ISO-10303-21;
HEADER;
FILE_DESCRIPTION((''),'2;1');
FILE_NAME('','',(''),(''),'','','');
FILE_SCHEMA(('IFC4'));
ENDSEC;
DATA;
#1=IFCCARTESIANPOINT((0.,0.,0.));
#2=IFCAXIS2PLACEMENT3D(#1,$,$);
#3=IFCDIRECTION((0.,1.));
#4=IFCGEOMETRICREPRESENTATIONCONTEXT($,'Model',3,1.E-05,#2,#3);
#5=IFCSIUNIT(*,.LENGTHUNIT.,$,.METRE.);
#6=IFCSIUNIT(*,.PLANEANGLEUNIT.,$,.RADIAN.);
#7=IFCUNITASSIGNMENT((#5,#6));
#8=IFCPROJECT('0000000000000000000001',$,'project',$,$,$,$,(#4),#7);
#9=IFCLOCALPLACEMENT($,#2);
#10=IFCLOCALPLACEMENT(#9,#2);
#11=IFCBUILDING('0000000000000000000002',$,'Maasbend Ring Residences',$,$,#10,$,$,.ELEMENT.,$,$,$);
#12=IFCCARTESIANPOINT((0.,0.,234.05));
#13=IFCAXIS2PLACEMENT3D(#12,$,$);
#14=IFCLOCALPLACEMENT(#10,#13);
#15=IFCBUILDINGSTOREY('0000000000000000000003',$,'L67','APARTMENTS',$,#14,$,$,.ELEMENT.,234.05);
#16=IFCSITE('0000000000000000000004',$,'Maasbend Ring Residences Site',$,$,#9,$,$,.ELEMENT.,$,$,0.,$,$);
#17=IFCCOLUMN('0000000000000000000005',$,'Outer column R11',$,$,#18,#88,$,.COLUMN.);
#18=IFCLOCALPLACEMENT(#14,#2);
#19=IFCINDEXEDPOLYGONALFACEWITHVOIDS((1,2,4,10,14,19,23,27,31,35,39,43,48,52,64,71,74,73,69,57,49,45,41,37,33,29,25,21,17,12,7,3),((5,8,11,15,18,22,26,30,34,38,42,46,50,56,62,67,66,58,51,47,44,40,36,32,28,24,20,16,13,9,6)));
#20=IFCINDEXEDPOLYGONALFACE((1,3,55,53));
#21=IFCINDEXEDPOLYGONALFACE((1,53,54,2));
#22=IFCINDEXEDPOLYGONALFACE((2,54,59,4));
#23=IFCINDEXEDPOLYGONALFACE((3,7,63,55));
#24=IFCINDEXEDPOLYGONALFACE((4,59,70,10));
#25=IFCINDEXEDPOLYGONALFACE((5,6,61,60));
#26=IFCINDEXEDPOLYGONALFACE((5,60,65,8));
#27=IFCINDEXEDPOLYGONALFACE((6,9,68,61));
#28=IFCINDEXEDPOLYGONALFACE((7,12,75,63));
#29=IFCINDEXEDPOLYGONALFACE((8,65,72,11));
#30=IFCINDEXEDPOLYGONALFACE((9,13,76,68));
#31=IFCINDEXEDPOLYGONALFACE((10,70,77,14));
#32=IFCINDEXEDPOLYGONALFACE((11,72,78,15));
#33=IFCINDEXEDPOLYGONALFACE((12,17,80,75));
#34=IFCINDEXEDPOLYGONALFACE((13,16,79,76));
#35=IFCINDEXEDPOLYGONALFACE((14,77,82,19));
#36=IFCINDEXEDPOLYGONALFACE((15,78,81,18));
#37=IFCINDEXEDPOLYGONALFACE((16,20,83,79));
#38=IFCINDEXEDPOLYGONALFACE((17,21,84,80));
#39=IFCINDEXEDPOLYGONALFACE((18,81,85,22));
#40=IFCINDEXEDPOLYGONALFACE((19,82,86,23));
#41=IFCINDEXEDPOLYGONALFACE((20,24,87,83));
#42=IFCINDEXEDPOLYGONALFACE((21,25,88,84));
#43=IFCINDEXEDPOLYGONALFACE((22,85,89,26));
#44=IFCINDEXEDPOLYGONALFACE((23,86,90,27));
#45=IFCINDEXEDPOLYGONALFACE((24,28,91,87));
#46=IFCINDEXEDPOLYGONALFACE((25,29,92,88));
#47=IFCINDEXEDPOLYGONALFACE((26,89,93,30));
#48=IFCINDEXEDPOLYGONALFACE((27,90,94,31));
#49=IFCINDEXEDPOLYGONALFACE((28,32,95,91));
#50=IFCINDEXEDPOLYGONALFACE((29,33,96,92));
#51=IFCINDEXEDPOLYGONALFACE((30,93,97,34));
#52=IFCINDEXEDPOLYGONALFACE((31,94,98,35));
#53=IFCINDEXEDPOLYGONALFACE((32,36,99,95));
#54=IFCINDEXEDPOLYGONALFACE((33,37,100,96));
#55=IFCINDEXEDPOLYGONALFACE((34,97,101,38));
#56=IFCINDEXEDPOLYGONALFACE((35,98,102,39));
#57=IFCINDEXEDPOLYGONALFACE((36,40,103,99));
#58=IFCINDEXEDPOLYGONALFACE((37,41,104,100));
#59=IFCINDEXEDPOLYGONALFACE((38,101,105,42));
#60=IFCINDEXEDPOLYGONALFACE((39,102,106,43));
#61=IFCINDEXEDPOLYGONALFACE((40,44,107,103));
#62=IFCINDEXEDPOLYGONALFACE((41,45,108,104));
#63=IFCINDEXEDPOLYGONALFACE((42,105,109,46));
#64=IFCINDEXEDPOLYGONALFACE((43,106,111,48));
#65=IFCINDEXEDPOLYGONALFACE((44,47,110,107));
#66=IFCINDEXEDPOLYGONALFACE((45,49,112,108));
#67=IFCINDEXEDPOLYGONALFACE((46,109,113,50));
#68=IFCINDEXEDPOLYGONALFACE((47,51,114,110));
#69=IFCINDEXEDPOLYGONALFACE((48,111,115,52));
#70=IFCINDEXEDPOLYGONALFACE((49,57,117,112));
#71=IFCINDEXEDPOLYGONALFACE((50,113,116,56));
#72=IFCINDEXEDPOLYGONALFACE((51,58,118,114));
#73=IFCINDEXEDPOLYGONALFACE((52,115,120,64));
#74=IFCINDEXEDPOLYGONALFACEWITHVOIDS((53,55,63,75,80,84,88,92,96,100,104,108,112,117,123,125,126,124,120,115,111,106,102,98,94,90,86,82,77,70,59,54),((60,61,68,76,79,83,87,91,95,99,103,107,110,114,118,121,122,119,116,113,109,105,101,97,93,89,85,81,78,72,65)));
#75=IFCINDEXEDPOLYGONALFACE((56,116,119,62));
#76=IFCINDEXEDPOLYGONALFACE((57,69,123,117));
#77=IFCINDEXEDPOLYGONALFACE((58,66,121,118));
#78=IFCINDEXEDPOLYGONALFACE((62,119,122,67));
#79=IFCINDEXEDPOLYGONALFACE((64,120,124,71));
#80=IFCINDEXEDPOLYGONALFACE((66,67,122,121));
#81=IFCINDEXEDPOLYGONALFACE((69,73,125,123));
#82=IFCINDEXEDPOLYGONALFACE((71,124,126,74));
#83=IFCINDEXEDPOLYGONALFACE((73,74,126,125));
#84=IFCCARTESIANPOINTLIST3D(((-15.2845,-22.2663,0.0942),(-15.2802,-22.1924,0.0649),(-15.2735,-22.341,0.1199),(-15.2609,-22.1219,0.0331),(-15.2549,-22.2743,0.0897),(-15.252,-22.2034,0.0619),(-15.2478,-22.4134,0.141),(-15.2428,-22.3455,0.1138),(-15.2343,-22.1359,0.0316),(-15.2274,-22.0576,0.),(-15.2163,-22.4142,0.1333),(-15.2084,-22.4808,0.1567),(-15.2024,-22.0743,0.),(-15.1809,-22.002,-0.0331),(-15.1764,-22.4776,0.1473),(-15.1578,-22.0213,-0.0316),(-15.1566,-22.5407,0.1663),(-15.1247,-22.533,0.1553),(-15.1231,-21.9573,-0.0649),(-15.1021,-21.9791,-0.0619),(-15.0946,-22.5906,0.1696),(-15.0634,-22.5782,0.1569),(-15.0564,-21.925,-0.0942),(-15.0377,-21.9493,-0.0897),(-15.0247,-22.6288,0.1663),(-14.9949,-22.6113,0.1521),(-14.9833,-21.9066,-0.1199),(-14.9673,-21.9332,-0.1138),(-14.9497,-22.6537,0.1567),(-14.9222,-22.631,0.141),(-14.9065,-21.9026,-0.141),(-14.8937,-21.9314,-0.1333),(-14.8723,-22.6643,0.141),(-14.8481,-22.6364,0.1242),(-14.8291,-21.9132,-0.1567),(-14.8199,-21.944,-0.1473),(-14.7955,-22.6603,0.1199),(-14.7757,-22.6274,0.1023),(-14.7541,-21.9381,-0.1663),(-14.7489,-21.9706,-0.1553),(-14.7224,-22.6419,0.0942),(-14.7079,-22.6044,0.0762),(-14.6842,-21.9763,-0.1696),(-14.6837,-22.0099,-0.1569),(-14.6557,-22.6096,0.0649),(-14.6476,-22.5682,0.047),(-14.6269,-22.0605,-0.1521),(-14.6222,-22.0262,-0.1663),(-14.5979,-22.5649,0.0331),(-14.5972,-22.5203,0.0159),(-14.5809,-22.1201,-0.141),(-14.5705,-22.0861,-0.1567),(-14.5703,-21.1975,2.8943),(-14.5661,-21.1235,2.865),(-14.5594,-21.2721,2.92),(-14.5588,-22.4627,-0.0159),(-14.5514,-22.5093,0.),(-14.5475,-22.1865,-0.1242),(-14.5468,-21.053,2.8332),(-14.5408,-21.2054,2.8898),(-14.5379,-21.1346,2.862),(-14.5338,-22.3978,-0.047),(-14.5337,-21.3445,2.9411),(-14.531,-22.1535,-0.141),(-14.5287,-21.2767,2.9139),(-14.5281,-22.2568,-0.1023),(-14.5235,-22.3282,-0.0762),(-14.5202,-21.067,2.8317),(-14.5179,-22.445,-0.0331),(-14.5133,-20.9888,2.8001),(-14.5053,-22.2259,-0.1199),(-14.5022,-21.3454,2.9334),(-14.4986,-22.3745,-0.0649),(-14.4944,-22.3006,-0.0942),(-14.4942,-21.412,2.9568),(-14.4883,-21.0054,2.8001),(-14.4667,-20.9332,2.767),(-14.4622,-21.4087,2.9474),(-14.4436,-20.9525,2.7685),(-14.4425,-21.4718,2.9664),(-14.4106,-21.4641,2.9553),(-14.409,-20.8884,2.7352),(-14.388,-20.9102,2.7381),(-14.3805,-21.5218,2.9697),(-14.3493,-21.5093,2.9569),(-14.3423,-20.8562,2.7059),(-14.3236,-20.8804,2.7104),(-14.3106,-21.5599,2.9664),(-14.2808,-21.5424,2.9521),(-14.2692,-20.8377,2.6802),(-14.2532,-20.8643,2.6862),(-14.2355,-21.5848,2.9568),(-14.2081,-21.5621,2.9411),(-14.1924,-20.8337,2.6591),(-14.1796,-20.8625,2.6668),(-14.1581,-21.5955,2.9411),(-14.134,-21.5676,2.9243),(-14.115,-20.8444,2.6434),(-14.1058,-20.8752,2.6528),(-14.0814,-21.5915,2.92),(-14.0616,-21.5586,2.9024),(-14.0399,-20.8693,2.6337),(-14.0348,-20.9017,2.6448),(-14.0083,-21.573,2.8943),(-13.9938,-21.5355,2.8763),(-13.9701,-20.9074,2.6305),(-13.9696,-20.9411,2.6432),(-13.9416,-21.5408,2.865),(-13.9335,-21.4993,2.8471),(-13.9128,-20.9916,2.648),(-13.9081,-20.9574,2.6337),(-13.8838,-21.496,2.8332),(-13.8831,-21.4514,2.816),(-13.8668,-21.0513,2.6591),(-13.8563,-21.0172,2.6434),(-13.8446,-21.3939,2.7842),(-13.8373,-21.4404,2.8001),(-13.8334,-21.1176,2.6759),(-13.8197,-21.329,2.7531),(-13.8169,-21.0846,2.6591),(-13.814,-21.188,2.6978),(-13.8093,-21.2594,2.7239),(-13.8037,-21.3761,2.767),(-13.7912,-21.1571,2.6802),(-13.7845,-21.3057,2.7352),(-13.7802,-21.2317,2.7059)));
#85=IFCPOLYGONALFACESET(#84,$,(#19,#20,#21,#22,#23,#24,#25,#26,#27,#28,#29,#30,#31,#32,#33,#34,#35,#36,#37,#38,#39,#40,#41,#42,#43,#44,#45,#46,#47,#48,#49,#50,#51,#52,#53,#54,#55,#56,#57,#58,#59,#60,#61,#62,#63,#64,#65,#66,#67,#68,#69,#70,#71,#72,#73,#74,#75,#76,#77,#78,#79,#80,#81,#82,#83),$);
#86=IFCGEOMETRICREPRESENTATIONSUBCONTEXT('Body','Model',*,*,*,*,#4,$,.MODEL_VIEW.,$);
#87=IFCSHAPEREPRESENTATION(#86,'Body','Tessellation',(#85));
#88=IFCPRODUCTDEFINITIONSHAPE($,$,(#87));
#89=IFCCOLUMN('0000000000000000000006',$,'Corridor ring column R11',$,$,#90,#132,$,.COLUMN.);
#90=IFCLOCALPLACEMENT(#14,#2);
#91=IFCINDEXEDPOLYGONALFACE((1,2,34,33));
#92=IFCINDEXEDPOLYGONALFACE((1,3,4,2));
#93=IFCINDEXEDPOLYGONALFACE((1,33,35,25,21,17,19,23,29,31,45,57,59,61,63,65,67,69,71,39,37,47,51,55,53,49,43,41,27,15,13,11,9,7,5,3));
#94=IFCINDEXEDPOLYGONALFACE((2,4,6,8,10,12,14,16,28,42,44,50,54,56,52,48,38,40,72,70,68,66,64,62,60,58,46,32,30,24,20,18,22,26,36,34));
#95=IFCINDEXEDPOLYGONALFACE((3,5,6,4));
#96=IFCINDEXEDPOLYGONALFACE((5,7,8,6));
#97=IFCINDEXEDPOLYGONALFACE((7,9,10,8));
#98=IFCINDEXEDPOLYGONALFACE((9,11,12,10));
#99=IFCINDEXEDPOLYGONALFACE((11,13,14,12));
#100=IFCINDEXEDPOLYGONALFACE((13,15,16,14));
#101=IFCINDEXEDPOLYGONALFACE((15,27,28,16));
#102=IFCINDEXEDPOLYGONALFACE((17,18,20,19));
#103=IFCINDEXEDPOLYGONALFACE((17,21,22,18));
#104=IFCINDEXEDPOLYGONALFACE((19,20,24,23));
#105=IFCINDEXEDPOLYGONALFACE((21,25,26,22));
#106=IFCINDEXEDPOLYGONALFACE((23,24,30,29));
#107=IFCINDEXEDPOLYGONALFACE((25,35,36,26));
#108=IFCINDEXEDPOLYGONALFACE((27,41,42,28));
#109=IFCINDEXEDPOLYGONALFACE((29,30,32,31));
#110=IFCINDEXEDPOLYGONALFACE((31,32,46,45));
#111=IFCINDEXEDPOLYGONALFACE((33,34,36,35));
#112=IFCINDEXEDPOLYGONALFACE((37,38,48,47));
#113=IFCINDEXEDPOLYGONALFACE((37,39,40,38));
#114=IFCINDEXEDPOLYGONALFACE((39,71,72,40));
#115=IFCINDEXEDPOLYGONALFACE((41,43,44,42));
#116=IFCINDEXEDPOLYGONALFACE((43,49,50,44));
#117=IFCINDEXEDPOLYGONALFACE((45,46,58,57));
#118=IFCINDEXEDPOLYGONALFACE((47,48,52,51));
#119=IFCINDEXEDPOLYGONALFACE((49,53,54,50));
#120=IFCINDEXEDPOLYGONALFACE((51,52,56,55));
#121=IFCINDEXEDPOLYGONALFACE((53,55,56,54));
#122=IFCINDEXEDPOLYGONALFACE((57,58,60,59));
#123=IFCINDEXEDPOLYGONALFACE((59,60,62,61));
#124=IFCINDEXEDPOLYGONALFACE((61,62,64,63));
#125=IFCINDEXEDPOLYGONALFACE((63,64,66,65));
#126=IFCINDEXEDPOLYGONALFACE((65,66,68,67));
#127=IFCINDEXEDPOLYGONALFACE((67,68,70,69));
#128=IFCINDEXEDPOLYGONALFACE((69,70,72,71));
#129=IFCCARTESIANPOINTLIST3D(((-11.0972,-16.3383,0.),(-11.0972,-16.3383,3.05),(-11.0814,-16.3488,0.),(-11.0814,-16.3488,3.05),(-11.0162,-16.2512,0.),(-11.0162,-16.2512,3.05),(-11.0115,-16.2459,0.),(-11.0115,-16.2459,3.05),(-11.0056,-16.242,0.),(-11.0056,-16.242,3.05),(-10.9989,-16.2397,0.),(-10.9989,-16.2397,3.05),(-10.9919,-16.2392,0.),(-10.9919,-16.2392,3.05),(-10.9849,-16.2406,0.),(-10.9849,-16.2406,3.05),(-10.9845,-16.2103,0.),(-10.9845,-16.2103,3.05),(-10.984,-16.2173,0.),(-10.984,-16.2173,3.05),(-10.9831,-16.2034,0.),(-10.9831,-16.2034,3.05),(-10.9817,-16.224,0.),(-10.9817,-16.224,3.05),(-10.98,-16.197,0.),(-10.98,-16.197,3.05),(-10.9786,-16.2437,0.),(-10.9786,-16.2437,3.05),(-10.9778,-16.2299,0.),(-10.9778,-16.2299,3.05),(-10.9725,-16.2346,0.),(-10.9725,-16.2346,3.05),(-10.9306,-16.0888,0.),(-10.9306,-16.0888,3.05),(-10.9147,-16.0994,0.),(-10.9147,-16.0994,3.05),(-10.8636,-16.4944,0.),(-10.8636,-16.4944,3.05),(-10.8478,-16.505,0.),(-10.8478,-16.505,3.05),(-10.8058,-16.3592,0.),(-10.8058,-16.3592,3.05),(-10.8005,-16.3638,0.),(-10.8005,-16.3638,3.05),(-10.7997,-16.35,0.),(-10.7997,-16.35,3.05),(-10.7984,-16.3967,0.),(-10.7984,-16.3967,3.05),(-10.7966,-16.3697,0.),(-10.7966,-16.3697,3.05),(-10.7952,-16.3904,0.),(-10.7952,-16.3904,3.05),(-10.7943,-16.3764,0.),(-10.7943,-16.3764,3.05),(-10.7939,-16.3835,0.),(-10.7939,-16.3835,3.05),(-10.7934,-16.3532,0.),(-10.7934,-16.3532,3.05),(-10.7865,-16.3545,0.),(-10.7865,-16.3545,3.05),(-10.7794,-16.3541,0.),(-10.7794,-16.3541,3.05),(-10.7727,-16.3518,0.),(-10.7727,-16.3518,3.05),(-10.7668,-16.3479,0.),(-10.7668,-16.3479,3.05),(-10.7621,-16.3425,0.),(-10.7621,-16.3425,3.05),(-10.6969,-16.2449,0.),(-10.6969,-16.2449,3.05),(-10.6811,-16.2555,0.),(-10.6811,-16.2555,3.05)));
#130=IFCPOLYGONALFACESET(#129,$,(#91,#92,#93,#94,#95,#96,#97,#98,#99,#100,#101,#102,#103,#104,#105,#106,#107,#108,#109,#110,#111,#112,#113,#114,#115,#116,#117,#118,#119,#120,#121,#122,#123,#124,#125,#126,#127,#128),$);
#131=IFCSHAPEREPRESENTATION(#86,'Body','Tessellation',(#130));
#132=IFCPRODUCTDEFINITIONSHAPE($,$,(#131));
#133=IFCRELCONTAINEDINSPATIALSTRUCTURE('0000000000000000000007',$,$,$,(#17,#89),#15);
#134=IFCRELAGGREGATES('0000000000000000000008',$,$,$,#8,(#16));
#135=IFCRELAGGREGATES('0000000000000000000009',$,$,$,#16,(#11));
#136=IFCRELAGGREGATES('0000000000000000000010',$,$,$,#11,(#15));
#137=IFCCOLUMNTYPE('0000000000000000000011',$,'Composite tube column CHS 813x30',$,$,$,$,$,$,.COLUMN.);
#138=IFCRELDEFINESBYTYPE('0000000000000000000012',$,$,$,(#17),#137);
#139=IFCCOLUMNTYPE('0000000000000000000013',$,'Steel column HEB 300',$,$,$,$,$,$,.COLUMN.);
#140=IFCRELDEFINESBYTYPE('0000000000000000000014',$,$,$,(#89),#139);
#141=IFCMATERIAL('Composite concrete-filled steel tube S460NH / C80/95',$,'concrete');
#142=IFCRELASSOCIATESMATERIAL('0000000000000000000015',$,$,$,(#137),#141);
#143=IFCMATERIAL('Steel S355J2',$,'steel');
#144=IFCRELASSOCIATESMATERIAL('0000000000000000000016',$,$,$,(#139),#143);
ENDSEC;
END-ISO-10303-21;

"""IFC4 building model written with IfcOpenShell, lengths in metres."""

from ifc_helpers import new_model, si_unit, direction, frame, origin, origin_2d, place, context, subcontext, project, spatial, hollow_circle, i_section, extrude, material, material_profile, profile_set, type_object, element, save


model = new_model("IFC4")

# Units and contexts
model_context = context("Model", 3, precision=1e-05, world=origin(), true_north=direction((0.0, 1.0)))
body_context = subcontext(model_context, "Body", "Model", "MODEL_VIEW")
ifc_project = project(units=[si_unit("LENGTHUNIT", "METRE"), si_unit("PLANEANGLEUNIT", "RADIAN")], contexts=[model_context])

# Site, building, storey
site_placement = place(None, origin())
site = spatial("IfcSite", under=ifc_project, at=site_placement, Name="Maasbend Ring Residences Site", CompositionType="ELEMENT", RefElevation=0.0)
building_placement = place(site_placement, origin())
building = spatial("IfcBuilding", under=site, at=building_placement, Name="Maasbend Ring Residences", CompositionType="ELEMENT")
storey_placement = place(building_placement, frame((0.0, 0.0, 234.05)))
storey = spatial("IfcBuildingStorey", under=building, at=storey_placement, Name="L67", Description="APARTMENTS", CompositionType="ELEMENT", Elevation=234.05)

# Columns
ifc_material_1 = material(Name="Composite concrete-filled steel tube S460NH / C80/95", Category="concrete")
ifc_material_profile_1 = material_profile(ifc_material_1, hollow_circle(Radius=0.4065, WallThickness=0.03, at=origin_2d()), Name="Composite tube column CHS 813x30")
ifc_profile_set_1 = profile_set([ifc_material_profile_1], Name="Composite concrete-filled steel tube S460NH / C80/95")
column_type_1 = type_object("IfcColumnType", Name="Composite tube column CHS 813x30", PredefinedType="COLUMN", material=ifc_profile_set_1)
column_1_placement = place(storey_placement, frame((-14.8894, -22.2834, 0.0), z_axis=(0.231778, 0.346914, 0.908807), x_axis=(-0.831495, 0.555533, 0.0)))
element("IfcColumn", 1, at=column_1_placement, inside=storey, type_object=column_type_1, Name="Outer column R11", PredefinedType="COLUMN", context=body_context, shape_type="SweptSolid", body=[
    extrude(hollow_circle(Radius=0.4065, WallThickness=0.03, at=origin_2d()), origin(), (0.0, 0.0, 1.0), 3.0811),
])
ifc_material_2 = material(Name="Steel S355J2", Category="steel")
ifc_material_profile_2 = material_profile(ifc_material_2, i_section(OverallWidth=0.3, OverallDepth=0.3, WebThickness=0.011, FlangeThickness=0.019, FilletRadius=0.0271, at=origin_2d()), Name="HEB 300")
ifc_profile_set_2 = profile_set([ifc_material_profile_2], Name="Steel S355J2")
column_type_2 = type_object("IfcColumnType", Name="Steel column HEB 300", PredefinedType="COLUMN", material=ifc_profile_set_2)
column_2_placement = place(storey_placement, frame((-10.8892, -16.2969, 0.0), z_axis=(0.0, 0.0, 1.0), x_axis=(-0.55557, -0.83147, 0.0)))
element("IfcColumn", 2, at=column_2_placement, inside=storey, type_object=column_type_2, Name="Corridor ring column R11", PredefinedType="COLUMN", context=body_context, shape_type="SweptSolid", body=[
    extrude(i_section(OverallWidth=0.3, OverallDepth=0.3, WebThickness=0.011, FlangeThickness=0.019, FilletRadius=0.0271, at=origin_2d()), origin(), (0.0, 0.0, 1.0), 3.05),
])

save(model, "model.ifc")
